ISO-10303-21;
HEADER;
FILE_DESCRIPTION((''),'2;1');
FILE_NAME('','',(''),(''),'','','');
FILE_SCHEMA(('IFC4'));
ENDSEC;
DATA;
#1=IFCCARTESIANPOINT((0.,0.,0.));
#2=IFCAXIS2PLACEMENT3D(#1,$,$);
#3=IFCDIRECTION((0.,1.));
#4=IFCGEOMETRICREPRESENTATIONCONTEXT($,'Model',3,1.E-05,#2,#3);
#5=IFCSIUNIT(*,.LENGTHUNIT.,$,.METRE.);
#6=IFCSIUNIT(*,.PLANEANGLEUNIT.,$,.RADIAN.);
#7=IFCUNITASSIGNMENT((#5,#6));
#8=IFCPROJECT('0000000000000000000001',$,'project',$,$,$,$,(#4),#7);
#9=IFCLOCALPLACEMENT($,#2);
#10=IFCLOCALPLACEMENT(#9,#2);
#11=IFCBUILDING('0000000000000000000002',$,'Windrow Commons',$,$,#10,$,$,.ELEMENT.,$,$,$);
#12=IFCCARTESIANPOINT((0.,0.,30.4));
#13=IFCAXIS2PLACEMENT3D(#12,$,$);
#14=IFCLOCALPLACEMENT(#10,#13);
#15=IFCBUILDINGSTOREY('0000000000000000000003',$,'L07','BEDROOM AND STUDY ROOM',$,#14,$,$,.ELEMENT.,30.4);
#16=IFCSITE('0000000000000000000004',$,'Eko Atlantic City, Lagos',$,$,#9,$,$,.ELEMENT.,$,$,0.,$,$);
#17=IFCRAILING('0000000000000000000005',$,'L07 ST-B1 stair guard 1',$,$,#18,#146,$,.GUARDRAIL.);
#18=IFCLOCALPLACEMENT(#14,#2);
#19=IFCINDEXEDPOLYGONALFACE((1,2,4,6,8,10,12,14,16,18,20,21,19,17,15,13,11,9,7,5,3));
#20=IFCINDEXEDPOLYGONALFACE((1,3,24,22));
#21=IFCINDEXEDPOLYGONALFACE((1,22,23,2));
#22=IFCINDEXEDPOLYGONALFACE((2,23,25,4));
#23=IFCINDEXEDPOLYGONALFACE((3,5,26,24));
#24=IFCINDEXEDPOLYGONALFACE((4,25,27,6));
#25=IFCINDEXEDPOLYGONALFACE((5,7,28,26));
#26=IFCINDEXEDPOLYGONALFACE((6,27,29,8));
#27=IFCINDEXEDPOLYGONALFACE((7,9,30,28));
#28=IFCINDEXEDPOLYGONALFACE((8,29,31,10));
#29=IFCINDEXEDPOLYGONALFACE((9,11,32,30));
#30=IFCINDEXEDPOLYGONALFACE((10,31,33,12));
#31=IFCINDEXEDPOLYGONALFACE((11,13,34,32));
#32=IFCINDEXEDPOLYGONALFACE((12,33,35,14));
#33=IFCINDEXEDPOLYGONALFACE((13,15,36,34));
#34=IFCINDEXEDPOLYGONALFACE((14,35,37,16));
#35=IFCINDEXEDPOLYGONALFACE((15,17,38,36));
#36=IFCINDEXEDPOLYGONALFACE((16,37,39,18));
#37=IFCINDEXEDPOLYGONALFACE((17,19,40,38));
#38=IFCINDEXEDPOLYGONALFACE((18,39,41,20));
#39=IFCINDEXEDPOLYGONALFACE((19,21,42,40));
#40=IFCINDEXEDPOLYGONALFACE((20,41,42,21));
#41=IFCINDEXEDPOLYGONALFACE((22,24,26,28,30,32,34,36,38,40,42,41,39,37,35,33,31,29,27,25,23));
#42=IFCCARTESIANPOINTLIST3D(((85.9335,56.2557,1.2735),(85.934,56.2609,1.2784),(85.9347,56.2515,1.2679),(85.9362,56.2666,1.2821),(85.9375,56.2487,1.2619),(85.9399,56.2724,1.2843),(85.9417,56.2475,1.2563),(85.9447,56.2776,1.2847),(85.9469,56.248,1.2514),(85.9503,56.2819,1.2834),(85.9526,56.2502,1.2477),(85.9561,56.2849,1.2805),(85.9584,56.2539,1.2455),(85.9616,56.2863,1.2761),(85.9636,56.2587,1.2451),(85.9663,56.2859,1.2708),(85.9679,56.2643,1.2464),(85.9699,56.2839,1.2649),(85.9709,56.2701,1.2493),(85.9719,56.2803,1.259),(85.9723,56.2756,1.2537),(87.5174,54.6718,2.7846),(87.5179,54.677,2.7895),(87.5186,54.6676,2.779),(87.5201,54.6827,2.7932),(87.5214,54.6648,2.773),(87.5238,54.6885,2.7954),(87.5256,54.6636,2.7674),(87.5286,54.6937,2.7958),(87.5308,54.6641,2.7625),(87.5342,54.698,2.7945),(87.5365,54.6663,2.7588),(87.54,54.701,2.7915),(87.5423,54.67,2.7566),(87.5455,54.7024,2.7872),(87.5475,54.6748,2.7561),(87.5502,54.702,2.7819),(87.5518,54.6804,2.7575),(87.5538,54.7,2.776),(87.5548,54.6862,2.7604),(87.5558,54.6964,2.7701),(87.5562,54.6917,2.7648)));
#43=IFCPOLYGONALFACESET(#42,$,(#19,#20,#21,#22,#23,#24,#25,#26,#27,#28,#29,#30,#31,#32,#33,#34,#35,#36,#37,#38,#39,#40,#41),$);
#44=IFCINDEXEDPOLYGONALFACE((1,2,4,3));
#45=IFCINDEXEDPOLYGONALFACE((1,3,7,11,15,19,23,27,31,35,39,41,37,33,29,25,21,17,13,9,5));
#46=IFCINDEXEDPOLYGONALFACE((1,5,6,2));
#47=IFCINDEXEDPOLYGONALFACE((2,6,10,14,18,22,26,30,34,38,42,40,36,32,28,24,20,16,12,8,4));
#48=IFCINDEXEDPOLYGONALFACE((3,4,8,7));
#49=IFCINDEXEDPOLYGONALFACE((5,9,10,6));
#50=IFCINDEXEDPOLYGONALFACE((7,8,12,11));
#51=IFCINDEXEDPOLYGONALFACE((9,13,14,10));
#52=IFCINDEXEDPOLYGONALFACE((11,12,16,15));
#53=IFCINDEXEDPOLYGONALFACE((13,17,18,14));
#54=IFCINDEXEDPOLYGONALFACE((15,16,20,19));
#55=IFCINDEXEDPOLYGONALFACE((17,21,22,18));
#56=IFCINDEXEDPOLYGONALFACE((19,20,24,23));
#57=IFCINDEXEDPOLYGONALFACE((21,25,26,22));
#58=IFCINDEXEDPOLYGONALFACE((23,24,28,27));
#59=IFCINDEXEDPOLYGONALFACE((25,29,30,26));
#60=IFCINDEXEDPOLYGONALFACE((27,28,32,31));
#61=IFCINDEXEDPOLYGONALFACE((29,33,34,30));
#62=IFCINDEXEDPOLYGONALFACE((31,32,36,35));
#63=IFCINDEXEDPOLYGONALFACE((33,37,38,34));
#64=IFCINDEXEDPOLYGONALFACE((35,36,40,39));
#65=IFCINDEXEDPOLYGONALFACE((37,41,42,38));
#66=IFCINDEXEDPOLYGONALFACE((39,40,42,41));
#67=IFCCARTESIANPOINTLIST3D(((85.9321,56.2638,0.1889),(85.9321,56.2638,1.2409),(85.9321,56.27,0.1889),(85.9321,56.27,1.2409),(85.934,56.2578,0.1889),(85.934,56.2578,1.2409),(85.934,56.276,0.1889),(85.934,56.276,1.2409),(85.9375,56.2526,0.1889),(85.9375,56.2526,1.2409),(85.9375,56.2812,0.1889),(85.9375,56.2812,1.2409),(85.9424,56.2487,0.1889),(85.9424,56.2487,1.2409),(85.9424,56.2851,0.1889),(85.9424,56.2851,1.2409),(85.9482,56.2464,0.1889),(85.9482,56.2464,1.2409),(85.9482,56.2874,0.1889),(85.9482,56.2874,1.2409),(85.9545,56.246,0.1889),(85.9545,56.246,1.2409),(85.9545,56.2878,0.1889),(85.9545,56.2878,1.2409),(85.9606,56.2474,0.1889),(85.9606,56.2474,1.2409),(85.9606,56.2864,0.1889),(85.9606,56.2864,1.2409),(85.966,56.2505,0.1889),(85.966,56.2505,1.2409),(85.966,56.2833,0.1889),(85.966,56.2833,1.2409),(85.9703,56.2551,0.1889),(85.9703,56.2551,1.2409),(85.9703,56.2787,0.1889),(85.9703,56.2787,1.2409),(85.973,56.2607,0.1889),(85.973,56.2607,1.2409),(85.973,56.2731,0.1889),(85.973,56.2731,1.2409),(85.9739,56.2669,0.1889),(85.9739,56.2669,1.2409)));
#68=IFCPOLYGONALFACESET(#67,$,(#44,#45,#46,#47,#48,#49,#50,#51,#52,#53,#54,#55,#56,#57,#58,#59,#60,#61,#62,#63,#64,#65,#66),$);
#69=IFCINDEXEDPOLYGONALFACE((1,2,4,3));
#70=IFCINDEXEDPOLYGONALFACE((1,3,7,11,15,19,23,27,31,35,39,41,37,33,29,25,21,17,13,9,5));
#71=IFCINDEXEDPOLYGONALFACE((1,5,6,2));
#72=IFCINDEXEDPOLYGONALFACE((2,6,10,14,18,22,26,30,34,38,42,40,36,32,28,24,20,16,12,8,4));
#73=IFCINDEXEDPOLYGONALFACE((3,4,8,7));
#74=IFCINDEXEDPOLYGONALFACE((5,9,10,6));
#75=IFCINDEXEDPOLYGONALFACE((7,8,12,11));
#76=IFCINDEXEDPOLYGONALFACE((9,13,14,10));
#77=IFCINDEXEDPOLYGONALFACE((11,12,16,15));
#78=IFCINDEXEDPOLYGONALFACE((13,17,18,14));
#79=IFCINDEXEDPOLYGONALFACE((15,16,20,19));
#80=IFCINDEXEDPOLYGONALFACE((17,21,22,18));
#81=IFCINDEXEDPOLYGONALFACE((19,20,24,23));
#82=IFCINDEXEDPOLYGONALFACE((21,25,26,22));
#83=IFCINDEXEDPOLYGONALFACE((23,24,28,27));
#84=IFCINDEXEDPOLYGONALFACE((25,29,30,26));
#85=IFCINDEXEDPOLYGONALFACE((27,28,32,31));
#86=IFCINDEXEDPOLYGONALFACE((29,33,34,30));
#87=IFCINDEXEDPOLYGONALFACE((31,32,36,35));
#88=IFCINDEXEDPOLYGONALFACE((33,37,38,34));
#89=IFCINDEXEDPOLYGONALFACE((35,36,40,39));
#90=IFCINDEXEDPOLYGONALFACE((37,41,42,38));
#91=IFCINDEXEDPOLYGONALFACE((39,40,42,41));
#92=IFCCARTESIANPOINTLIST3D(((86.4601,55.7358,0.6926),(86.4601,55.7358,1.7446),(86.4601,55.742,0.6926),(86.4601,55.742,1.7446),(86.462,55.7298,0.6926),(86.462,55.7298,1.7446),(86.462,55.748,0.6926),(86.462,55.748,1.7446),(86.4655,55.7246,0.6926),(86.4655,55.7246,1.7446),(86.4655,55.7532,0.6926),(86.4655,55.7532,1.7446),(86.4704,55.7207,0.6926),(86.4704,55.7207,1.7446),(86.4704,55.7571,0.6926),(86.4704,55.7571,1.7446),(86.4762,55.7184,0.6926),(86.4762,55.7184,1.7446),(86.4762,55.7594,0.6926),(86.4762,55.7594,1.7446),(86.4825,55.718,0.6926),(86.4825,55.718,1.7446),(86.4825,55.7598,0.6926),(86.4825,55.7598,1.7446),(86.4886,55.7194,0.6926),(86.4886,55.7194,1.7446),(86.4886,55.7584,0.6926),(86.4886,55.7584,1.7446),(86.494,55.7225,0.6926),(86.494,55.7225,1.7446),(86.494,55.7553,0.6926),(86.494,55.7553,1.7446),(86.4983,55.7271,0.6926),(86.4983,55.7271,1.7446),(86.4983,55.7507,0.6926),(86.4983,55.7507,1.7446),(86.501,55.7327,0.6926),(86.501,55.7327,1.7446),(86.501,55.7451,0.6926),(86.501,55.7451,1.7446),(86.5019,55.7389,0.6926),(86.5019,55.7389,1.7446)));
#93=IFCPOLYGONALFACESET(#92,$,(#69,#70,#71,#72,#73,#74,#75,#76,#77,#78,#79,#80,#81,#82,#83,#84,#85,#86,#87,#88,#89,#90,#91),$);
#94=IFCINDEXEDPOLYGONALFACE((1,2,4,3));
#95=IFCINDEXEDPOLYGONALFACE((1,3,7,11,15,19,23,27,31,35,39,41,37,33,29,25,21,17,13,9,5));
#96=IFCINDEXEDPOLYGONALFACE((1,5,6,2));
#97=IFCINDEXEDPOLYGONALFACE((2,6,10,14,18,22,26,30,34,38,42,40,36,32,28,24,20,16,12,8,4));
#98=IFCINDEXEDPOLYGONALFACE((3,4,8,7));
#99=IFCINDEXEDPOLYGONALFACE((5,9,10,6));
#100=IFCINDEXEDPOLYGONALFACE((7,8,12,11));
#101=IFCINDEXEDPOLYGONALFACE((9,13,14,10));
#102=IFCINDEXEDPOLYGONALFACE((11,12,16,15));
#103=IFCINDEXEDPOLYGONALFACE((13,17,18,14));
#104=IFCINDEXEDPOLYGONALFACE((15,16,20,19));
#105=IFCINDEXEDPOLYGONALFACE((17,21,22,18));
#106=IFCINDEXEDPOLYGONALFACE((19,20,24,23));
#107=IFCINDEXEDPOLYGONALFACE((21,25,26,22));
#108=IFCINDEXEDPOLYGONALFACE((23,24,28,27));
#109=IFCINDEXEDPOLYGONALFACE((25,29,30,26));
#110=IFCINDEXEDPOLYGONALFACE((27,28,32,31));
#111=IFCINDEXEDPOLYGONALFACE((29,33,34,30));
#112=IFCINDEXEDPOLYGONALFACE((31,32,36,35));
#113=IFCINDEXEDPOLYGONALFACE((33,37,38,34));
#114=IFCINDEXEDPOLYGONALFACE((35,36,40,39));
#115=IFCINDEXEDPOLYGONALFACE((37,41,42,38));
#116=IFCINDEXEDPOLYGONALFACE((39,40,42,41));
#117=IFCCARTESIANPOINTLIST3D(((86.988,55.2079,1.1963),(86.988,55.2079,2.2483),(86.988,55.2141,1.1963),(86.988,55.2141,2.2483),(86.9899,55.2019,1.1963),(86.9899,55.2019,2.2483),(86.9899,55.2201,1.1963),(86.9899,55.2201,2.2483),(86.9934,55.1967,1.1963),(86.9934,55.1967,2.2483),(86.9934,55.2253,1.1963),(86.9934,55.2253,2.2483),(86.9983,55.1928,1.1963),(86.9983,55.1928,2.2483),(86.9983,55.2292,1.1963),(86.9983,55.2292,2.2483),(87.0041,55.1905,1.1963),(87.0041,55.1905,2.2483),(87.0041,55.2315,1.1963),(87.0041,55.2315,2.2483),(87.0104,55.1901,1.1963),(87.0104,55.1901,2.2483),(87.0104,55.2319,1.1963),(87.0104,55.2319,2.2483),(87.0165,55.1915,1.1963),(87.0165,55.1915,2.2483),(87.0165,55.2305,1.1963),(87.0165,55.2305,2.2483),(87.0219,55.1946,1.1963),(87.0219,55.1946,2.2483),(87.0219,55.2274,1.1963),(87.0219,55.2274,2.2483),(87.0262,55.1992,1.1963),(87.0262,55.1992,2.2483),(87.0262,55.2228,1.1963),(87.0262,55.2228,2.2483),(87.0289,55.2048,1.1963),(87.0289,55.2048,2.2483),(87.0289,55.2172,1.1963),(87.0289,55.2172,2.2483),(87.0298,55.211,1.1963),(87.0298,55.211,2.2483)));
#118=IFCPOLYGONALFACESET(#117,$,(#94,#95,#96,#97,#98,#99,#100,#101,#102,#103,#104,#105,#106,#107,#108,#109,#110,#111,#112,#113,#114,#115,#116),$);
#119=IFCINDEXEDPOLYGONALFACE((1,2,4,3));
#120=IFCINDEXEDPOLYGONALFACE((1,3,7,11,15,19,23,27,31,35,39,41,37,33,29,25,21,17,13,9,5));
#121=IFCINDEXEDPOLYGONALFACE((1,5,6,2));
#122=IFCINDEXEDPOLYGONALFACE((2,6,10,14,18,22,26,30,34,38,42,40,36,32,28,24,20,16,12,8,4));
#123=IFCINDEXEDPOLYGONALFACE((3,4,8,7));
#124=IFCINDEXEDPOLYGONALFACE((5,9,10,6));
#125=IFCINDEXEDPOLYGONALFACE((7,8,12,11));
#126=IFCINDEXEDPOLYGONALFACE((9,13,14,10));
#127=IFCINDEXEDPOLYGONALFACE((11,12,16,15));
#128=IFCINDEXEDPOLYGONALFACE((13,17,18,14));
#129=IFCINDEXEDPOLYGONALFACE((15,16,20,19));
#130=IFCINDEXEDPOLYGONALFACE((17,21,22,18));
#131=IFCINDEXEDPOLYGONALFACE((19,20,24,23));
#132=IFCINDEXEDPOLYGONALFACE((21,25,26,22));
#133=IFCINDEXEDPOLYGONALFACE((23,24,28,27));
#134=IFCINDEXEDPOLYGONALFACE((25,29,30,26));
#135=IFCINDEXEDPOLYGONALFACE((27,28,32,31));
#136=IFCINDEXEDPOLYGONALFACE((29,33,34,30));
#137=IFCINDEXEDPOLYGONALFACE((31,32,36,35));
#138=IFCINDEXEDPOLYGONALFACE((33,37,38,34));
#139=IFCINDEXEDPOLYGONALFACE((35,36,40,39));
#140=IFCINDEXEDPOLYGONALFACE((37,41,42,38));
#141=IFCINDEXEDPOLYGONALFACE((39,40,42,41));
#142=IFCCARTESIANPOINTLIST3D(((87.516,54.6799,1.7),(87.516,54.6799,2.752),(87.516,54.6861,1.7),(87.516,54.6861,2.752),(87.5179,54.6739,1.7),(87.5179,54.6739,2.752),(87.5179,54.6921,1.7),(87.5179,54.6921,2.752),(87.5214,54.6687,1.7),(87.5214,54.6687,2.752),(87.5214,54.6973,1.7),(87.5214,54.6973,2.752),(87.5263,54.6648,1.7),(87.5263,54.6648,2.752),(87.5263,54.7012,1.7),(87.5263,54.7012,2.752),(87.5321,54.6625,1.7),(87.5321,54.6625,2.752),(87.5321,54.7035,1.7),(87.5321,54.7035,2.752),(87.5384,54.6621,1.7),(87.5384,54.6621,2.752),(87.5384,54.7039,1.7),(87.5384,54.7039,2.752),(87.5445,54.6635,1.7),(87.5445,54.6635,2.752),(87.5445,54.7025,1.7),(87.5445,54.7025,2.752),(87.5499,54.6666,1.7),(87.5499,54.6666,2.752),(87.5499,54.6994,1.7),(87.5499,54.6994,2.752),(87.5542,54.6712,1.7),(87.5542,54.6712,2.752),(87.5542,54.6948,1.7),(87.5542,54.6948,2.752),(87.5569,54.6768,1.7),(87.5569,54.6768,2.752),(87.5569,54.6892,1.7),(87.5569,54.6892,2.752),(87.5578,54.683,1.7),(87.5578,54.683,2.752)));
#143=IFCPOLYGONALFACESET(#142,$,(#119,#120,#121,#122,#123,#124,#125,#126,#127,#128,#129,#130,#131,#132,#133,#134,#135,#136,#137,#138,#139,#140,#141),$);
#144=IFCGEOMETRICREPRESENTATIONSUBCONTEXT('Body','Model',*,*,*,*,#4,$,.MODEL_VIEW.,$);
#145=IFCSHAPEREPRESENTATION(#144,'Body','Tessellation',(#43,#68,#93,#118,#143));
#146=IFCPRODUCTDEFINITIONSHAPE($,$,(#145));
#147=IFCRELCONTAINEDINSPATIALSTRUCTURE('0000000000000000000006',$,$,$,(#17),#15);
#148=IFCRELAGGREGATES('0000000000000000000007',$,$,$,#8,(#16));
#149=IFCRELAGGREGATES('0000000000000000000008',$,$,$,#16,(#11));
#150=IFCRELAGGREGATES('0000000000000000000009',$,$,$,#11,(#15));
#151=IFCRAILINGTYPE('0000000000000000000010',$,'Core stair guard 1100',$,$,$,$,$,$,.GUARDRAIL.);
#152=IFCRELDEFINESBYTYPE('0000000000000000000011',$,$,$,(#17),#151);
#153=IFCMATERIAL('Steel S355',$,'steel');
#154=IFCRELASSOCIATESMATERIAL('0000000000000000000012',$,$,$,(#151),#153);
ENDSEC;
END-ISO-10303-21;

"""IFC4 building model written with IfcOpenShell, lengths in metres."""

from ifc_helpers import new_model, si_unit, direction, frame, origin, origin_2d, place, context, subcontext, project, spatial, circle, extrude, material, type_object, element, save


model = new_model("IFC4")

# Units and contexts
model_context = context("Model", 3, precision=1e-05, world=origin(), true_north=direction((0.0, 1.0)))
body_context = subcontext(model_context, "Body", "Model", "MODEL_VIEW")
ifc_project = project(units=[si_unit("LENGTHUNIT", "METRE"), si_unit("PLANEANGLEUNIT", "RADIAN")], contexts=[model_context])

# Site, building, storey
site_placement = place(None, origin())
site = spatial("IfcSite", under=ifc_project, at=site_placement, Name="Eko Atlantic City, Lagos", CompositionType="ELEMENT", RefElevation=0.0)
building_placement = place(site_placement, origin())
building = spatial("IfcBuilding", under=site, at=building_placement, Name="Windrow Commons", CompositionType="ELEMENT")
storey_placement = place(building_placement, frame((0.0, 0.0, 30.4)))
storey = spatial("IfcBuildingStorey", under=building, at=storey_placement, Name="L07", Description="BEDROOM AND STUDY ROOM", CompositionType="ELEMENT", Elevation=30.4)

# Railing
ifc_material_1 = material(Name="Steel S355", Category="steel")
railing_type_1 = type_object("IfcRailingType", Name="Core stair guard 1100", PredefinedType="GUARDRAIL", material=ifc_material_1)
railing_1_placement = place(storey_placement, frame((85.9529, 56.2669, 0.1889)))
element("IfcRailing", 1, at=railing_1_placement, inside=storey, type_object=railing_type_1, Name="L07 ST-B1 stair guard 1", PredefinedType="GUARDRAIL", context=body_context, shape_type="SweptSolid", body=[
    extrude(circle(Radius=0.024, at=origin_2d()), frame((0.0, 0.0, 1.076), z_axis=(0.586191, -0.586191, 0.559249), x_axis=(0.707107, 0.707107, 0.0)), (0.0, 0.0, 1.0), 2.702),
    extrude(circle(Radius=0.021, at=origin_2d()), origin(), (0.0, 0.0, 1.0), 1.052),
    extrude(circle(Radius=0.021, at=origin_2d()), frame((0.528, -0.528, 0.5037)), (0.0, 0.0, 1.0), 1.052),
    extrude(circle(Radius=0.021, at=origin_2d()), frame((1.0559, -1.0559, 1.0074)), (0.0, 0.0, 1.0), 1.052),
    extrude(circle(Radius=0.021, at=origin_2d()), frame((1.5839, -1.5839, 1.5111)), (0.0, 0.0, 1.0), 1.052),
])

save(model, "model.ifc")
